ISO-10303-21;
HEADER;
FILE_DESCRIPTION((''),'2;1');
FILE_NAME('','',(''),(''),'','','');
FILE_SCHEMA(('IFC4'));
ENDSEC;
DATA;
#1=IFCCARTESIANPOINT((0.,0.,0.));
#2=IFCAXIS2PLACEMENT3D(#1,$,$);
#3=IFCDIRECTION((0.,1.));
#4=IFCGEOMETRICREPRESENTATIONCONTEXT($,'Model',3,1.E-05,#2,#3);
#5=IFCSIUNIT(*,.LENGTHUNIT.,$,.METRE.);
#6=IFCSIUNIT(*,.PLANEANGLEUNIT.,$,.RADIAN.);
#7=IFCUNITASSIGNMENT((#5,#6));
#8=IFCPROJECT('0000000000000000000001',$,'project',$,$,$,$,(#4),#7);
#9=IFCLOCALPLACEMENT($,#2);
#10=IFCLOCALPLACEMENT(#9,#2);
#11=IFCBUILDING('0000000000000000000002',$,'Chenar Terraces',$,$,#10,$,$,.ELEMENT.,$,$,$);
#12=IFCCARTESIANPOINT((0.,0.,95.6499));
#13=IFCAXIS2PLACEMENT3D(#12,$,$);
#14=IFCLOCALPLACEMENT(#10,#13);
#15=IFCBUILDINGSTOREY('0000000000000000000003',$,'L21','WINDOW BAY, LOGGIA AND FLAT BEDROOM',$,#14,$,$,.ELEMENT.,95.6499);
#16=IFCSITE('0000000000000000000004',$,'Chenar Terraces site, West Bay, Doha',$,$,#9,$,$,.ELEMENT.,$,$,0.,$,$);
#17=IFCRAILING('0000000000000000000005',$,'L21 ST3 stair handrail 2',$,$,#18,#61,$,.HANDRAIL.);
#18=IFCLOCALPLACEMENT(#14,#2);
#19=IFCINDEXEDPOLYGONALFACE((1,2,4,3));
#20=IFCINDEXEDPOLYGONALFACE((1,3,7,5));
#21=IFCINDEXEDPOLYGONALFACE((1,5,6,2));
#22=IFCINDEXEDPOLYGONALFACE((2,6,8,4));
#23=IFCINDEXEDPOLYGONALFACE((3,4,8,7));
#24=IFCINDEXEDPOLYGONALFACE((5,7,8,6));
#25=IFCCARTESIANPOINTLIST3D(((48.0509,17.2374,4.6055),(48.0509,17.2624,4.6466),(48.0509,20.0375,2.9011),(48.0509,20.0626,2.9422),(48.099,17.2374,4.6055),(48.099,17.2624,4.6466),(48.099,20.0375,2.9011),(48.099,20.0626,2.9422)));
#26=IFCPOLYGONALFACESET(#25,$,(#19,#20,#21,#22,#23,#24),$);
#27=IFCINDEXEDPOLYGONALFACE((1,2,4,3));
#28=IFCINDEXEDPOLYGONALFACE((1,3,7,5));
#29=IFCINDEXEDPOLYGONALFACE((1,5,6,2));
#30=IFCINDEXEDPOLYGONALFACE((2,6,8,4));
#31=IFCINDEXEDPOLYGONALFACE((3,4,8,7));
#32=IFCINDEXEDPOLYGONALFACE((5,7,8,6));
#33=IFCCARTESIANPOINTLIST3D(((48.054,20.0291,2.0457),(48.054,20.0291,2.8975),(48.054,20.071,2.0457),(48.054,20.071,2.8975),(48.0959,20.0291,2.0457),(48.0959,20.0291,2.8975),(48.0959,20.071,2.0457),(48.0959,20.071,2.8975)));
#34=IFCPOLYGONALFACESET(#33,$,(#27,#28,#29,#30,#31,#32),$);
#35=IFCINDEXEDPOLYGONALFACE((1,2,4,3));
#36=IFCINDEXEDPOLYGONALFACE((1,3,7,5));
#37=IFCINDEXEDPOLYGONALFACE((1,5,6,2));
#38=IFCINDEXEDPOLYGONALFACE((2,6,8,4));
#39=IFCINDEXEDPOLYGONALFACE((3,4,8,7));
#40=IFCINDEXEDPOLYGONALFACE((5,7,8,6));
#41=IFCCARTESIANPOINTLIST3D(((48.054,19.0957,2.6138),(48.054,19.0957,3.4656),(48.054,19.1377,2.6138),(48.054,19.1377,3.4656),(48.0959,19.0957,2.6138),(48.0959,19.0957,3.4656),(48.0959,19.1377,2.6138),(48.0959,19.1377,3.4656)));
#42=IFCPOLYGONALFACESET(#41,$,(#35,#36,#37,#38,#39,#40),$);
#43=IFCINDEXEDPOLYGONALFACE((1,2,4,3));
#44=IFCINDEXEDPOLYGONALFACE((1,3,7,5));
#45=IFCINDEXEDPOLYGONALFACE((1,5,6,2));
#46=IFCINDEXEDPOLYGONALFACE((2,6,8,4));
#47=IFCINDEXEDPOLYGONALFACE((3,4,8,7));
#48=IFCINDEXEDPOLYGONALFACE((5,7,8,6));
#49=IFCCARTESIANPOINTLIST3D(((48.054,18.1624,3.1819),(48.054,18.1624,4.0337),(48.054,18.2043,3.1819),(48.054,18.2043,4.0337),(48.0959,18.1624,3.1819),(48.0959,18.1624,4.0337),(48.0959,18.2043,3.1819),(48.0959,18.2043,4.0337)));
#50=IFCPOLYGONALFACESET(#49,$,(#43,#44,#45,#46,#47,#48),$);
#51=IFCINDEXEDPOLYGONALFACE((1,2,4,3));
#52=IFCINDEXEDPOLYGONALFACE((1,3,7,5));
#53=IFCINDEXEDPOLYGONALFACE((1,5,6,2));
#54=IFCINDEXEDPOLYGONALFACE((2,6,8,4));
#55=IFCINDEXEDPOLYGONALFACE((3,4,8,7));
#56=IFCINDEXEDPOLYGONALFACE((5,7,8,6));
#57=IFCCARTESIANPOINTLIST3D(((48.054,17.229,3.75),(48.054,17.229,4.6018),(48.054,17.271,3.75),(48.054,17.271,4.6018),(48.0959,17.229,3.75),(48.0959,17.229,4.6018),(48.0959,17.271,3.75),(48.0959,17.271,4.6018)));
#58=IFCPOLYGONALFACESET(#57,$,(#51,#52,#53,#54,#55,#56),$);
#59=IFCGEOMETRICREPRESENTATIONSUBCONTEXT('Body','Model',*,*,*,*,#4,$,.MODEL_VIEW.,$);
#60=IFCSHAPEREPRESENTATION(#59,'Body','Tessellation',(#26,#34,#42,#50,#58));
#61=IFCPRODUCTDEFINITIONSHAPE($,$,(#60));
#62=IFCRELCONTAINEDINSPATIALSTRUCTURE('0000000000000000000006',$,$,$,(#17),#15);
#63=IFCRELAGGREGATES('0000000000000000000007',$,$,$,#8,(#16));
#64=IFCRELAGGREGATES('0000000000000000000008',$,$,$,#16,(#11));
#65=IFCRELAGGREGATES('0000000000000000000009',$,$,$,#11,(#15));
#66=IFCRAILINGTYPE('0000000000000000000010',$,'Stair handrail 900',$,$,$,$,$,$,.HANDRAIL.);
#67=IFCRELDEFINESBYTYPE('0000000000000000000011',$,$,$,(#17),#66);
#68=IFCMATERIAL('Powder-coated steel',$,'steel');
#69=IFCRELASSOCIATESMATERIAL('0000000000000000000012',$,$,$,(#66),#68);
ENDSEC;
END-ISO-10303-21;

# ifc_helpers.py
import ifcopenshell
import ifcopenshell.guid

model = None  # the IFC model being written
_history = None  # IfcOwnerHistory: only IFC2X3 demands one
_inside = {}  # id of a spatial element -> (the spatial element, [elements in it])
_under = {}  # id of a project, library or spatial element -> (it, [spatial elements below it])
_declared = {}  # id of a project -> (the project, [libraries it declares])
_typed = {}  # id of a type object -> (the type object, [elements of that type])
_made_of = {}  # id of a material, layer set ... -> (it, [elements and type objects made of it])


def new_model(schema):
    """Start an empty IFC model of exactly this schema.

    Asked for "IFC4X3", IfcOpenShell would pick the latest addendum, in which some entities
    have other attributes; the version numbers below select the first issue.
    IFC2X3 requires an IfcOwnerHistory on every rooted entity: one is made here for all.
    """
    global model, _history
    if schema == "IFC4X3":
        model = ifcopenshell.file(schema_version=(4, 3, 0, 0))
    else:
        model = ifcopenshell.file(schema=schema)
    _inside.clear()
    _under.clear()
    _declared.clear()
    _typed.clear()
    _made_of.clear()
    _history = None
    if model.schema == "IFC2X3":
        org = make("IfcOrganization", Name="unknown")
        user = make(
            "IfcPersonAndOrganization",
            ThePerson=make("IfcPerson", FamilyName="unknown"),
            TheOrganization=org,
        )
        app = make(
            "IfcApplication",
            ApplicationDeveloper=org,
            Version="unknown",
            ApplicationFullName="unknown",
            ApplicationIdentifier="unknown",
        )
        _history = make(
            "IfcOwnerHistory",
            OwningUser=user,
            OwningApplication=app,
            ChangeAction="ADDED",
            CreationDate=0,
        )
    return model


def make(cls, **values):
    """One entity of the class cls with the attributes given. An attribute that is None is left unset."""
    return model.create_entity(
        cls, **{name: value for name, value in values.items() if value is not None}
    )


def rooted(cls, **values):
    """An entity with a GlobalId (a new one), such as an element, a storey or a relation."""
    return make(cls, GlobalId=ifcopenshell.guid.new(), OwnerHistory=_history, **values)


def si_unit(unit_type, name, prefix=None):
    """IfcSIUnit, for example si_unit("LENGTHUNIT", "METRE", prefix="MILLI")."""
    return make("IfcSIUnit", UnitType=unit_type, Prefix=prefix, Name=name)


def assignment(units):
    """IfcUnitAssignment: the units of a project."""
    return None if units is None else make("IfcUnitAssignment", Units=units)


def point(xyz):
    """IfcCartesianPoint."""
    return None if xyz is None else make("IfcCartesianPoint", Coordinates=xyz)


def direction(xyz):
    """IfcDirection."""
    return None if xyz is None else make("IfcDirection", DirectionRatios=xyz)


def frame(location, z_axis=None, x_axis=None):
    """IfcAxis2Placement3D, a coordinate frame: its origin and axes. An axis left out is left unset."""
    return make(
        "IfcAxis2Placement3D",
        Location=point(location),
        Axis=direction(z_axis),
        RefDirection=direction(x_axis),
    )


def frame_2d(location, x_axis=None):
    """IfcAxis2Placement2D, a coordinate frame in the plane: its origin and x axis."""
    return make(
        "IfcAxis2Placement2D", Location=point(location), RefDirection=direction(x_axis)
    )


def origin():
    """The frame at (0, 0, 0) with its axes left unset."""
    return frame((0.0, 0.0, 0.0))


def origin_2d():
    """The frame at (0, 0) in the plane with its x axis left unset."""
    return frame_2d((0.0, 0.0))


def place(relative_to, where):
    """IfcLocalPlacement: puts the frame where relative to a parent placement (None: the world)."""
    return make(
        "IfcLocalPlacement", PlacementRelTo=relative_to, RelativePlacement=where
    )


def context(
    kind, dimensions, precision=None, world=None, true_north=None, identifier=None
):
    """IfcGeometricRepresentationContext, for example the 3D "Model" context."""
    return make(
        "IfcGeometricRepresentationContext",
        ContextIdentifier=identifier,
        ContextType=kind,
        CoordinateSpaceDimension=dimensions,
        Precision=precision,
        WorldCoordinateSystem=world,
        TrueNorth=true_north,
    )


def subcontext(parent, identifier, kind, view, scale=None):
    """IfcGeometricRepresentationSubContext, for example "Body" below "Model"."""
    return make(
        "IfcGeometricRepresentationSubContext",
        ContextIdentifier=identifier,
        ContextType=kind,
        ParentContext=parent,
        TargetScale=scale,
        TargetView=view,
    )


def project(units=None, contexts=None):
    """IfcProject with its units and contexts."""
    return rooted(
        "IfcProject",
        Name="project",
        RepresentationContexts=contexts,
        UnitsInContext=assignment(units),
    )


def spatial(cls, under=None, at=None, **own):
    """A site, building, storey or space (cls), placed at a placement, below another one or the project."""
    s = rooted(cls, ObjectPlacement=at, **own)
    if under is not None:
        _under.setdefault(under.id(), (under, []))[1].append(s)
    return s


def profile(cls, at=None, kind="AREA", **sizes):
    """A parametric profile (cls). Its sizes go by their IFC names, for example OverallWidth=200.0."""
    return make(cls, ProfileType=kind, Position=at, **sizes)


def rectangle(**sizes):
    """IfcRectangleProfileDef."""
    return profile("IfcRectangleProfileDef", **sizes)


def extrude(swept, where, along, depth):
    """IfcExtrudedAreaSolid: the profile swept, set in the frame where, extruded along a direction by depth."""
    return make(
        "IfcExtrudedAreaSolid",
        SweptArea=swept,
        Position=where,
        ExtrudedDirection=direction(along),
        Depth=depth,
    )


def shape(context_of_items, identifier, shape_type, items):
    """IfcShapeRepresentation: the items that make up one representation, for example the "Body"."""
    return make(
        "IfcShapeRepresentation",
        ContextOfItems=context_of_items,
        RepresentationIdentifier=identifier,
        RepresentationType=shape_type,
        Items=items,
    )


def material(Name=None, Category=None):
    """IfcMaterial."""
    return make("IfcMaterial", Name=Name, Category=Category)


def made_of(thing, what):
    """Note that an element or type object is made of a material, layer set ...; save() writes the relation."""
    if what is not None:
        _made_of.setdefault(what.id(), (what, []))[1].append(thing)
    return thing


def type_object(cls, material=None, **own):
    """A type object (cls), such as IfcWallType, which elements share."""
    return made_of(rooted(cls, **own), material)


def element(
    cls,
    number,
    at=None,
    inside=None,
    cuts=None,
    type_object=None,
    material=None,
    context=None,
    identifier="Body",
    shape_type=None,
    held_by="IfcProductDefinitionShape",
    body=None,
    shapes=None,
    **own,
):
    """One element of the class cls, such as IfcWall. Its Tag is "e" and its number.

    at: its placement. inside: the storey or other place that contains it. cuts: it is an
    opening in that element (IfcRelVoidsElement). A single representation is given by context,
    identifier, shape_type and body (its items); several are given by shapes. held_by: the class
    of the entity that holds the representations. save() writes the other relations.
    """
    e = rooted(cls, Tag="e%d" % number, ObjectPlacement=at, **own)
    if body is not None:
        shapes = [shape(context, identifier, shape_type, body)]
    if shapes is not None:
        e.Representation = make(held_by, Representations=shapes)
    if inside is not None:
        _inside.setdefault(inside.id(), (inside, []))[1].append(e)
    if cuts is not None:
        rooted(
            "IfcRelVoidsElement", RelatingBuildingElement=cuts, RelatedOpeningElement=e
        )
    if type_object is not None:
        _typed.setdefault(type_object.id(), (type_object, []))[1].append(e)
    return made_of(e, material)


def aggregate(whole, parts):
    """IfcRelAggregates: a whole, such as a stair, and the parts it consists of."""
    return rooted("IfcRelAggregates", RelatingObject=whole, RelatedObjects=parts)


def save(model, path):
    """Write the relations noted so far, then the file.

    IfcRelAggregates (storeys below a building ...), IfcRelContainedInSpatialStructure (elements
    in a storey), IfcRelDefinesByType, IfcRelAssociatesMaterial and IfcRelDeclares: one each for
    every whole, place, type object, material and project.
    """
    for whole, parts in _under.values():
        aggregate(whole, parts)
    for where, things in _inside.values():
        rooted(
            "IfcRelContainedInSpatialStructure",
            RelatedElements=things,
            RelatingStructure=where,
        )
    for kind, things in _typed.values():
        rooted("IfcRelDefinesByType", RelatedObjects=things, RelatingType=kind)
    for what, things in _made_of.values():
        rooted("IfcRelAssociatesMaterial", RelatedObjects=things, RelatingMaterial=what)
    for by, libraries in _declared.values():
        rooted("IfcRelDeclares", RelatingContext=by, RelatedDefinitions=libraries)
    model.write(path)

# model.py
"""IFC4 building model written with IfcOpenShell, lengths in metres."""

from ifc_helpers import new_model, si_unit, direction, frame, origin, origin_2d, place, context, subcontext, project, spatial, rectangle, extrude, material, type_object, element, save


model = new_model("IFC4")

# Units and contexts
model_context = context("Model", 3, precision=1e-05, world=origin(), true_north=direction((0.0, 1.0)))
body_context = subcontext(model_context, "Body", "Model", "MODEL_VIEW")
ifc_project = project(units=[si_unit("LENGTHUNIT", "METRE"), si_unit("PLANEANGLEUNIT", "RADIAN")], contexts=[model_context])

# Site, building, storey
site_placement = place(None, origin())
site = spatial("IfcSite", under=ifc_project, at=site_placement, Name="Chenar Terraces site, West Bay, Doha", CompositionType="ELEMENT", RefElevation=0.0)
building_placement = place(site_placement, origin())
building = spatial("IfcBuilding", under=site, at=building_placement, Name="Chenar Terraces", CompositionType="ELEMENT")
storey_placement = place(building_placement, frame((0.0, 0.0, 95.6499)))
storey = spatial("IfcBuildingStorey", under=building, at=storey_placement, Name="L21", Description="WINDOW BAY, LOGGIA AND FLAT BEDROOM", CompositionType="ELEMENT", Elevation=95.6499)

# Railing
ifc_material_1 = material(Name="Powder-coated steel", Category="steel")
railing_type_1 = type_object("IfcRailingType", Name="Stair handrail 900", PredefinedType="HANDRAIL", material=ifc_material_1)
railing_1_placement = place(storey_placement, frame((48.075, 20.05, 2.0457)))
element("IfcRailing", 1, at=railing_1_placement, inside=storey, type_object=railing_type_1, Name="L21 ST3 stair handrail 2", PredefinedType="HANDRAIL", context=body_context, shape_type="SweptSolid", body=[
    extrude(rectangle(XDim=0.0481, YDim=0.0481, at=origin_2d()), frame((0.0, 0.0, 0.876), z_axis=(0.0, -0.854203, 0.51994), x_axis=(1.0, 0.0, 0.0)), (0.0, 0.0, 1.0), 3.2781),
    extrude(rectangle(XDim=0.042, YDim=0.042, at=origin_2d()), origin(), (0.0, 0.0, 1.0), 0.8518),
    extrude(rectangle(XDim=0.042, YDim=0.042, at=origin_2d()), frame((0.0, -0.9333, 0.5681)), (0.0, 0.0, 1.0), 0.8518),
    extrude(rectangle(XDim=0.042, YDim=0.042, at=origin_2d()), frame((0.0, -1.8667, 1.1362)), (0.0, 0.0, 1.0), 0.8518),
    extrude(rectangle(XDim=0.042, YDim=0.042, at=origin_2d()), frame((0.0, -2.8, 1.7043)), (0.0, 0.0, 1.0), 0.8518),
])

save(model, "model.ifc")
